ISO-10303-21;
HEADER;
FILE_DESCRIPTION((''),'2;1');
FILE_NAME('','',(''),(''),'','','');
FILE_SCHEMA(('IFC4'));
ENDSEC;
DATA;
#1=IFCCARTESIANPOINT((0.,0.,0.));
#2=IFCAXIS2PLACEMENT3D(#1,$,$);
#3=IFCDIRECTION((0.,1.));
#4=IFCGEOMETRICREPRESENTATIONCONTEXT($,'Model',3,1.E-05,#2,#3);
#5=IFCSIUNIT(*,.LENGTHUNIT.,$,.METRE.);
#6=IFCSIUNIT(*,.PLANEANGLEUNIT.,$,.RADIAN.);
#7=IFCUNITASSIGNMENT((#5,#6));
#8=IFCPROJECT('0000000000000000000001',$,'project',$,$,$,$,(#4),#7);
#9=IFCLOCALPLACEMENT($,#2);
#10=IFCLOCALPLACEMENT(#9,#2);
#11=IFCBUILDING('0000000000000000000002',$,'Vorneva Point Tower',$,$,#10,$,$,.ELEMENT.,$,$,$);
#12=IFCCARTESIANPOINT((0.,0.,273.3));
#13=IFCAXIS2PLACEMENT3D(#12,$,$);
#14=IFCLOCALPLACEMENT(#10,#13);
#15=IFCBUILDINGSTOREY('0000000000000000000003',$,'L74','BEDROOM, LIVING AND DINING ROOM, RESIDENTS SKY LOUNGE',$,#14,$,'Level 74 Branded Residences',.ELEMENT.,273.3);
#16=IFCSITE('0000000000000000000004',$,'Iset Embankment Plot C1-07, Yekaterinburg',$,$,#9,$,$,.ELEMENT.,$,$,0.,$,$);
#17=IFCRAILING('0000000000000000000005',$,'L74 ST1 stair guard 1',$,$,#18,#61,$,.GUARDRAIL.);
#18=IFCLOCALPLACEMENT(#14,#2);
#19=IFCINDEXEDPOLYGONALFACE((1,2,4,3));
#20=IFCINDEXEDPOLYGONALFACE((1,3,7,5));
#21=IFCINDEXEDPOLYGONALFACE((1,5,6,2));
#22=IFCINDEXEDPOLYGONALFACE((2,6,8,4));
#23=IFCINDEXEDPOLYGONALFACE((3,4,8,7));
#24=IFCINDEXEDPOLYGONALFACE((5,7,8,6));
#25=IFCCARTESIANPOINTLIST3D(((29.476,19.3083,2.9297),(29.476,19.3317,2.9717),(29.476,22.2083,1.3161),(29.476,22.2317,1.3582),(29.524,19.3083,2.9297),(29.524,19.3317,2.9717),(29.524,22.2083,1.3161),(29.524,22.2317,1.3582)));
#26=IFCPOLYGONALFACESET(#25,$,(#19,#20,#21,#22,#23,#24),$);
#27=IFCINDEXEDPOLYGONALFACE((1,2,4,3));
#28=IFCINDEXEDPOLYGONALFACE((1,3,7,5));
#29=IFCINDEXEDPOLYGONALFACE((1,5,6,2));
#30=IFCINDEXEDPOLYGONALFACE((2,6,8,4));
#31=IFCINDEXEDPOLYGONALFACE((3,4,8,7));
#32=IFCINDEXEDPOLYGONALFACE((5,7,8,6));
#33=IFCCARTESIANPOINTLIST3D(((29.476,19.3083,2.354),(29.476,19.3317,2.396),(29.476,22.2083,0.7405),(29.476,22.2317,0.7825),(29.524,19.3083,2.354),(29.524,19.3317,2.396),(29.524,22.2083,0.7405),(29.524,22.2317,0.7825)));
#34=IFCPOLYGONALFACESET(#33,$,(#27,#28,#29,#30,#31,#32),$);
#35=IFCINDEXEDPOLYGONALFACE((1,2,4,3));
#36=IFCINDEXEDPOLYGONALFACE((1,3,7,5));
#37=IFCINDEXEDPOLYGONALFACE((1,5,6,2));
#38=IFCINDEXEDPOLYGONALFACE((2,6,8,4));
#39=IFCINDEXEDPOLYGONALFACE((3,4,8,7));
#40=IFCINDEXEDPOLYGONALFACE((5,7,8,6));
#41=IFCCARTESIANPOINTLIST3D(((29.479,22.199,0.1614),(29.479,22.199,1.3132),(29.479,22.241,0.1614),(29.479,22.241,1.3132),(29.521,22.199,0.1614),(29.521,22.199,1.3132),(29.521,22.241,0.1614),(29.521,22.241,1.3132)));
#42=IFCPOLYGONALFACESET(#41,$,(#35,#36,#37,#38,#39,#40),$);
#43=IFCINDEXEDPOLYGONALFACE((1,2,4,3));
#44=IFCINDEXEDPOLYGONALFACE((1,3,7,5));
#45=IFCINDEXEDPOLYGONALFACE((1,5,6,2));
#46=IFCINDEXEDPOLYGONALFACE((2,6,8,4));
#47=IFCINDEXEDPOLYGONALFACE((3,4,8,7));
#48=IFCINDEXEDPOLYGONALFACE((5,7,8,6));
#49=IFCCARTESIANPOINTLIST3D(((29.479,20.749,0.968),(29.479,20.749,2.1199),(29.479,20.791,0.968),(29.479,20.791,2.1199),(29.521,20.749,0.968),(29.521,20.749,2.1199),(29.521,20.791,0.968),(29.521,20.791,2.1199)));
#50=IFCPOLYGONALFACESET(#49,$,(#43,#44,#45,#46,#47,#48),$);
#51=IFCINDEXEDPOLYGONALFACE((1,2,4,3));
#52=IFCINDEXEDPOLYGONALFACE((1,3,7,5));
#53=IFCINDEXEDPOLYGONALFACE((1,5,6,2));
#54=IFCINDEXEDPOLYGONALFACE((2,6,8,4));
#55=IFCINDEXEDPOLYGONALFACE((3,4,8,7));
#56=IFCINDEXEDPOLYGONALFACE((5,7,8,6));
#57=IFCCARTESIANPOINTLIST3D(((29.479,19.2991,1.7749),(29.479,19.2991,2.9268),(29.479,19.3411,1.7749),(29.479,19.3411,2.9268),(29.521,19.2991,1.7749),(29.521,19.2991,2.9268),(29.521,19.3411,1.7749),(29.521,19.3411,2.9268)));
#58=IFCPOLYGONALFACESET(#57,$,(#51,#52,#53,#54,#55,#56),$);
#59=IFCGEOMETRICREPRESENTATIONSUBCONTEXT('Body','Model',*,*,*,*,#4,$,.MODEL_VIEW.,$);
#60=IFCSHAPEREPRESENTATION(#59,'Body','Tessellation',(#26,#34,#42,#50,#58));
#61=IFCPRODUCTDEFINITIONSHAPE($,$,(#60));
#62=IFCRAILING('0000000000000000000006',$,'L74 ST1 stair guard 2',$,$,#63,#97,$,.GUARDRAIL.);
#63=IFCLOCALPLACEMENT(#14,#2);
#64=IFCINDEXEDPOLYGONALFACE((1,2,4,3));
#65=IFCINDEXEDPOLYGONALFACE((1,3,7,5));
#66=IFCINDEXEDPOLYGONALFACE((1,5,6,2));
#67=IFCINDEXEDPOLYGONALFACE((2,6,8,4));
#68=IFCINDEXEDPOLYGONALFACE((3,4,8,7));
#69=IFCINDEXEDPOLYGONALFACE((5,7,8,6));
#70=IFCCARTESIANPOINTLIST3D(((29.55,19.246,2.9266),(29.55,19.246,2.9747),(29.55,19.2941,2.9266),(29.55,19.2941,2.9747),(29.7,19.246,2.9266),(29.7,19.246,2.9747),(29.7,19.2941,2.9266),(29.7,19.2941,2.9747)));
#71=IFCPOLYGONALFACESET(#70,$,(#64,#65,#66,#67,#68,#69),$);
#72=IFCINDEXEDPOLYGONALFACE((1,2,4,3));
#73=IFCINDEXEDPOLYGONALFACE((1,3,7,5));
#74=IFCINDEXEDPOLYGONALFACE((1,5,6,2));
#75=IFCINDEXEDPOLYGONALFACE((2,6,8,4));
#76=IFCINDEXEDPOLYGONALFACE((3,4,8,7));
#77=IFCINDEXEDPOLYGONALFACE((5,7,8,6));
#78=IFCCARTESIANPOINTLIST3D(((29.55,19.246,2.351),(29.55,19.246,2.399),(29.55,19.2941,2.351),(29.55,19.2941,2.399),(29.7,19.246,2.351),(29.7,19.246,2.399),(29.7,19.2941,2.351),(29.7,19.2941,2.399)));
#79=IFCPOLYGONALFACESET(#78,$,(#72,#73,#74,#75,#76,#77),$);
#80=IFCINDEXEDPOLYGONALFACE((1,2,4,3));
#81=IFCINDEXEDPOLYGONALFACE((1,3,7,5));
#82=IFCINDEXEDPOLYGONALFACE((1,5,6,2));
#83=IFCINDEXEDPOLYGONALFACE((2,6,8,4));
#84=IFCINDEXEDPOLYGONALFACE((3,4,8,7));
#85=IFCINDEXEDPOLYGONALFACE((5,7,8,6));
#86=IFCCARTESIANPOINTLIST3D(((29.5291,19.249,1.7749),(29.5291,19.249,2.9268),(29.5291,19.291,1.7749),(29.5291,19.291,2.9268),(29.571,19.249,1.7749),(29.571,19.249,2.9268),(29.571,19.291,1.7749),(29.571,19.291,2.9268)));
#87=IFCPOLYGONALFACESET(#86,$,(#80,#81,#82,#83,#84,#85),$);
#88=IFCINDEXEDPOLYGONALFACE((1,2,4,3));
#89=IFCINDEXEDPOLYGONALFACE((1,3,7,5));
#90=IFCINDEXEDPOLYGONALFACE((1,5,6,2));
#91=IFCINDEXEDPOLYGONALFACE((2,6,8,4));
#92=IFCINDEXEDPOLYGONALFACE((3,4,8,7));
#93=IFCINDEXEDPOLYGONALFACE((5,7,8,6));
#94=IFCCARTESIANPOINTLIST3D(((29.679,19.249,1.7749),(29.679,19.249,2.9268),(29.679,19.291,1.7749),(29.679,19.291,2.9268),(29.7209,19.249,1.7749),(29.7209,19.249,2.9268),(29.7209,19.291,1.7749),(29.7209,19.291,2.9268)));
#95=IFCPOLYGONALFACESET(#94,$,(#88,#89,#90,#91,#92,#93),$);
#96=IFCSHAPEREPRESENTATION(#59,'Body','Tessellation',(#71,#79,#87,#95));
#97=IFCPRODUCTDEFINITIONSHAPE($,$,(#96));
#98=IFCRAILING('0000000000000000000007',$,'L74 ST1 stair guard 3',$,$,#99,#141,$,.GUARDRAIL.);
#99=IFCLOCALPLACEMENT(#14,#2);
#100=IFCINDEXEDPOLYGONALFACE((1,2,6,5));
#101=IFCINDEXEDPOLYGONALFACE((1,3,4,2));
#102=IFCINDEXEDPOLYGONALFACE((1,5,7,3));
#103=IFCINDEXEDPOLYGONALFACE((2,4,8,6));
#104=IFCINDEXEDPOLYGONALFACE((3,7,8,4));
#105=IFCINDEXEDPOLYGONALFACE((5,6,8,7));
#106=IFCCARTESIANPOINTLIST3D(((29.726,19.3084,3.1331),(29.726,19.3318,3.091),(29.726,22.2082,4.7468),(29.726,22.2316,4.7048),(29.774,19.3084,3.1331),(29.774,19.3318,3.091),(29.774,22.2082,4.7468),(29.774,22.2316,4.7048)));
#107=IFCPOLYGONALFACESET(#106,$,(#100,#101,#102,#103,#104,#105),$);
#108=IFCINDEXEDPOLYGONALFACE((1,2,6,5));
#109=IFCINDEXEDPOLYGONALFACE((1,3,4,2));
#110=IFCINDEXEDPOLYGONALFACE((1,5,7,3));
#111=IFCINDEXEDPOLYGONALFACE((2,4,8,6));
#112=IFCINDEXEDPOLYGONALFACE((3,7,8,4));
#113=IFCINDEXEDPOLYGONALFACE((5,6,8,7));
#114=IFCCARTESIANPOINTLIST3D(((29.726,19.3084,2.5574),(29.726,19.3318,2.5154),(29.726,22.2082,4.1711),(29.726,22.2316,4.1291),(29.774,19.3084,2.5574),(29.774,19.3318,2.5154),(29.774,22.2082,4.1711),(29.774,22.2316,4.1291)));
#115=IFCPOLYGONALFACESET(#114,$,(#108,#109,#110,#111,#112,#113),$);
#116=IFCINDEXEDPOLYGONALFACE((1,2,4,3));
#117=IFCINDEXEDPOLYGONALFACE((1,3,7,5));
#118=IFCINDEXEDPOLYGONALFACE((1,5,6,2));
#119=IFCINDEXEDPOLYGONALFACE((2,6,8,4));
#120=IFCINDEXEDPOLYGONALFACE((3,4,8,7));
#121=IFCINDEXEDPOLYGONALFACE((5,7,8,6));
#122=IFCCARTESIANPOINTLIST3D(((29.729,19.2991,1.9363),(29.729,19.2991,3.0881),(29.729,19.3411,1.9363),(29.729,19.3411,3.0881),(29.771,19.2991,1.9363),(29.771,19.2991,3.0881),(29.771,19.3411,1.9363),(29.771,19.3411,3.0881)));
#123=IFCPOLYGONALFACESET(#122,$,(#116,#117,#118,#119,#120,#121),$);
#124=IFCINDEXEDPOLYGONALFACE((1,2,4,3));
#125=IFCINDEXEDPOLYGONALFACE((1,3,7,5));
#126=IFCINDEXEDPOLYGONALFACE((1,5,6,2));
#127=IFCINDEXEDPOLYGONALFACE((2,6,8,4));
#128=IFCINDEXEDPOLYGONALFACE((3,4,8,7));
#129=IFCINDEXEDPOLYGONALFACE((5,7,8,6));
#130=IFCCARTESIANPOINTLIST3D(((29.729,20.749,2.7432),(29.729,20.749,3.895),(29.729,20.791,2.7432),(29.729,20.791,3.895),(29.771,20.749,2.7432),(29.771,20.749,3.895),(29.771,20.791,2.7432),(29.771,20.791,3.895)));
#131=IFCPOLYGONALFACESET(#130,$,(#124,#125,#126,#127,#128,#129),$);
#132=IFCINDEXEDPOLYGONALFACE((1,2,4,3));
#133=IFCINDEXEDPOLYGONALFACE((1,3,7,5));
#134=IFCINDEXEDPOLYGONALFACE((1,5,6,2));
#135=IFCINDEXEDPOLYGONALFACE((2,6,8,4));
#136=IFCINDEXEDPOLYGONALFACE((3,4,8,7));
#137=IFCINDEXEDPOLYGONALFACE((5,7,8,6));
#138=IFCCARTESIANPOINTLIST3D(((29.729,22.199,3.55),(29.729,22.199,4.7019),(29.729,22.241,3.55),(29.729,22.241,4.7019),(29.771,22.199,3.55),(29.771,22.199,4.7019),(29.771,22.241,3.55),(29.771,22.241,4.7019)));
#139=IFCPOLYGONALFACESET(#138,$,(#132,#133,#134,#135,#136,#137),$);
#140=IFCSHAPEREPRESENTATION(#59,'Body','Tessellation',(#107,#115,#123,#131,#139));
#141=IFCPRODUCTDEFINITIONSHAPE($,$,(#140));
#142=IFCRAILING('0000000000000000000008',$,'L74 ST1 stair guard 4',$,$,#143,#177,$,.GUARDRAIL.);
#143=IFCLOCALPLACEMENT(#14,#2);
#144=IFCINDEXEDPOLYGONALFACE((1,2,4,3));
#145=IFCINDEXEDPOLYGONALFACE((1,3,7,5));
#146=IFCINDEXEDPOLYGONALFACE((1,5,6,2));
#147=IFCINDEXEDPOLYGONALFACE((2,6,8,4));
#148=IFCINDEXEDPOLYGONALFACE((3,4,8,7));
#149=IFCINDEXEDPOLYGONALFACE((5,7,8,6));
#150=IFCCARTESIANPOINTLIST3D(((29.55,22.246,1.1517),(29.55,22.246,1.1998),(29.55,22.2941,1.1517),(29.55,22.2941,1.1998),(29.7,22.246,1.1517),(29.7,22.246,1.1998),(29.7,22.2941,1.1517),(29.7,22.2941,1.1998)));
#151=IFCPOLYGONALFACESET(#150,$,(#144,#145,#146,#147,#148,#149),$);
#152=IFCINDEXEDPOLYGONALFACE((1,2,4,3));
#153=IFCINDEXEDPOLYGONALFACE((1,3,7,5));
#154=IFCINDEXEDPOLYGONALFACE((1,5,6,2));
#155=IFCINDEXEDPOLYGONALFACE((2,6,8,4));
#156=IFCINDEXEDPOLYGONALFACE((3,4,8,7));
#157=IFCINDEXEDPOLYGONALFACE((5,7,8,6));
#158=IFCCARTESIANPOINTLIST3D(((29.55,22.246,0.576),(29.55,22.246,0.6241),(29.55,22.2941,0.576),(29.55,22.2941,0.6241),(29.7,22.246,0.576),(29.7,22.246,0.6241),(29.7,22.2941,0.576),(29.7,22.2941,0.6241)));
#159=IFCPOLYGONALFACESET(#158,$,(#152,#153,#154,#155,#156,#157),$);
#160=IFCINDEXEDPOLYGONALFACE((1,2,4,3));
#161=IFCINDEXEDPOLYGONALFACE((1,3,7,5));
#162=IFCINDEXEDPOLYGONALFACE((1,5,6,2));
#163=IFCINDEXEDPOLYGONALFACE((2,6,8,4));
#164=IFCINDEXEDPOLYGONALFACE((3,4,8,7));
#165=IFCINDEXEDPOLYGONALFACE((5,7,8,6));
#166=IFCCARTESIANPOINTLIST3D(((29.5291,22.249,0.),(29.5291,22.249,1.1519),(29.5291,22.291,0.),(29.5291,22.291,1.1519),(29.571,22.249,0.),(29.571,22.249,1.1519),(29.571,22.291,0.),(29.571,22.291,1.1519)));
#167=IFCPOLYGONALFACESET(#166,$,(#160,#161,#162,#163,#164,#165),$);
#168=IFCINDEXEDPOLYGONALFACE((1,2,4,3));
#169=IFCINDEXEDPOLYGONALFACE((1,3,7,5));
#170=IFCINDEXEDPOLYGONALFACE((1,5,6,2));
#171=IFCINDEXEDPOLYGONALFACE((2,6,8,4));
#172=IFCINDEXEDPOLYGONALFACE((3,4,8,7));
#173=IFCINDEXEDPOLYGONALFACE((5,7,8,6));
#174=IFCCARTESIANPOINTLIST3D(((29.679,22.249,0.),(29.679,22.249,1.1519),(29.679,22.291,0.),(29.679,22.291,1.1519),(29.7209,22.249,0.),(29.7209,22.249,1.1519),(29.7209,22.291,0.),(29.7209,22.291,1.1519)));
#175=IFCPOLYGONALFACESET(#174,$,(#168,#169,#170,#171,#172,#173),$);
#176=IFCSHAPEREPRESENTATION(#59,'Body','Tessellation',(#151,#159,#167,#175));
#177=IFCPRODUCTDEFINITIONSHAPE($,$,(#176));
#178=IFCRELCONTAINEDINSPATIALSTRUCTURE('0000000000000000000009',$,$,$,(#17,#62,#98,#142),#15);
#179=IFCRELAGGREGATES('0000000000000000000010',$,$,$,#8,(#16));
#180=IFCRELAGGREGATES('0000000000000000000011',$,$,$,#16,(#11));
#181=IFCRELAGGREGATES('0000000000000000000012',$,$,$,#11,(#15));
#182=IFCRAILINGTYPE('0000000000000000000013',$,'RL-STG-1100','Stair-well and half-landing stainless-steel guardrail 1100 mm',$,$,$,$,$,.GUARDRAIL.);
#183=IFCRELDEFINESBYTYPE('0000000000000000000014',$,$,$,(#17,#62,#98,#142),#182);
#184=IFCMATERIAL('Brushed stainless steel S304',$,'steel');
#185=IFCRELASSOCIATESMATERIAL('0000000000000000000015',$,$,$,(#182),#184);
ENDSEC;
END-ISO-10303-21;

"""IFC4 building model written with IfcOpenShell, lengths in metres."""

from ifc_helpers import new_model, si_unit, direction, frame, origin, origin_2d, place, context, subcontext, project, spatial, rectangle, extrude, material, type_object, element, save


model = new_model("IFC4")

# Units and contexts
model_context = context("Model", 3, precision=1e-05, world=origin(), true_north=direction((0.0, 1.0)))
body_context = subcontext(model_context, "Body", "Model", "MODEL_VIEW")
ifc_project = project(units=[si_unit("LENGTHUNIT", "METRE"), si_unit("PLANEANGLEUNIT", "RADIAN")], contexts=[model_context])

# Site, building, storey
site_placement = place(None, origin())
site = spatial("IfcSite", under=ifc_project, at=site_placement, Name="Iset Embankment Plot C1-07, Yekaterinburg", CompositionType="ELEMENT", RefElevation=0.0)
building_placement = place(site_placement, origin())
building = spatial("IfcBuilding", under=site, at=building_placement, Name="Vorneva Point Tower", CompositionType="ELEMENT")
storey_placement = place(building_placement, frame((0.0, 0.0, 273.3)))
storey = spatial("IfcBuildingStorey", under=building, at=storey_placement, Name="L74", Description="BEDROOM, LIVING AND DINING ROOM, RESIDENTS SKY LOUNGE", LongName="Level 74 Branded Residences", CompositionType="ELEMENT", Elevation=273.3)

# Railings
ifc_material_1 = material(Name="Brushed stainless steel S304", Category="steel")
railing_type_1 = type_object("IfcRailingType", Name="RL-STG-1100", Description="Stair-well and half-landing stainless-steel guardrail 1100 mm", PredefinedType="GUARDRAIL", material=ifc_material_1)
railing_1_placement = place(storey_placement, frame((29.5, 22.22, 0.1614)))
element("IfcRailing", 1, at=railing_1_placement, inside=storey, type_object=railing_type_1, Name="L74 ST1 stair guard 1", PredefinedType="GUARDRAIL", context=body_context, shape_type="SweptSolid", body=[
    extrude(rectangle(XDim=0.0481, YDim=0.0481, at=origin_2d()), frame((0.0, 0.0, 1.1758), z_axis=(0.0, -0.873841, 0.486211), x_axis=(1.0, 0.0, 0.0)), (0.0, 0.0, 1.0), 3.3186),
    extrude(rectangle(XDim=0.0481, YDim=0.0481, at=origin_2d()), frame((0.0, 0.0, 0.6001), z_axis=(0.0, -0.873841, 0.486211), x_axis=(1.0, 0.0, 0.0)), (0.0, 0.0, 1.0), 3.3186),
    extrude(rectangle(XDim=0.042, YDim=0.042, at=origin_2d()), origin(), (0.0, 0.0, 1.0), 1.1519),
    extrude(rectangle(XDim=0.042, YDim=0.042, at=origin_2d()), frame((0.0, -1.45, 0.8066)), (0.0, 0.0, 1.0), 1.1519),
    extrude(rectangle(XDim=0.042, YDim=0.042, at=origin_2d()), frame((0.0, -2.8999, 1.6135)), (0.0, 0.0, 1.0), 1.1519),
])
railing_2_placement = place(storey_placement, frame((29.55, 19.27, 1.7749)))
element("IfcRailing", 2, at=railing_2_placement, inside=storey, type_object=railing_type_1, Name="L74 ST1 stair guard 2", PredefinedType="GUARDRAIL", context=body_context, shape_type="SweptSolid", body=[
    extrude(rectangle(XDim=0.0481, YDim=0.0481, at=origin_2d()), frame((0.0, 0.0, 1.1758), z_axis=(1.0, 0.0, 0.0), x_axis=(0.0, 1.0, 0.0)), (0.0, 0.0, 1.0), 0.1499),
    extrude(rectangle(XDim=0.0481, YDim=0.0481, at=origin_2d()), frame((0.0, 0.0, 0.6001), z_axis=(1.0, 0.0, 0.0), x_axis=(0.0, 1.0, 0.0)), (0.0, 0.0, 1.0), 0.1499),
    extrude(rectangle(XDim=0.042, YDim=0.042, at=origin_2d()), origin(), (0.0, 0.0, 1.0), 1.1519),
    extrude(rectangle(XDim=0.042, YDim=0.042, at=origin_2d()), frame((0.1499, 0.0, 0.0)), (0.0, 0.0, 1.0), 1.1519),
])
railing_3_placement = place(storey_placement, frame((29.75, 19.3201, 1.9363)))
element("IfcRailing", 3, at=railing_3_placement, inside=storey, type_object=railing_type_1, Name="L74 ST1 stair guard 3", PredefinedType="GUARDRAIL", context=body_context, shape_type="SweptSolid", body=[
    extrude(rectangle(XDim=0.0481, YDim=0.0481, at=origin_2d()), frame((0.0, 0.0, 1.1758), z_axis=(0.0, 0.87381, 0.486267), x_axis=(-1.0, 0.0, 0.0)), (0.0, 0.0, 1.0), 3.3186),
    extrude(rectangle(XDim=0.0481, YDim=0.0481, at=origin_2d()), frame((0.0, 0.0, 0.6001), z_axis=(0.0, 0.87381, 0.486267), x_axis=(-1.0, 0.0, 0.0)), (0.0, 0.0, 1.0), 3.3186),
    extrude(rectangle(XDim=0.042, YDim=0.042, at=origin_2d()), origin(), (0.0, 0.0, 1.0), 1.1519),
    extrude(rectangle(XDim=0.042, YDim=0.042, at=origin_2d()), frame((0.0, 1.45, 0.8069)), (0.0, 0.0, 1.0), 1.1519),
    extrude(rectangle(XDim=0.042, YDim=0.042, at=origin_2d()), frame((0.0, 2.8999, 1.6138)), (0.0, 0.0, 1.0), 1.1519),
])
railing_4_placement = place(storey_placement, frame((29.55, 22.27, 0.0)))
element("IfcRailing", 4, at=railing_4_placement, inside=storey, type_object=railing_type_1, Name="L74 ST1 stair guard 4", PredefinedType="GUARDRAIL", context=body_context, shape_type="SweptSolid", body=[
    extrude(rectangle(XDim=0.0481, YDim=0.0481, at=origin_2d()), frame((0.0, 0.0, 1.1758), z_axis=(1.0, 0.0, 0.0), x_axis=(0.0, 1.0, 0.0)), (0.0, 0.0, 1.0), 0.1499),
    extrude(rectangle(XDim=0.0481, YDim=0.0481, at=origin_2d()), frame((0.0, 0.0, 0.6001), z_axis=(1.0, 0.0, 0.0), x_axis=(0.0, 1.0, 0.0)), (0.0, 0.0, 1.0), 0.1499),
    extrude(rectangle(XDim=0.042, YDim=0.042, at=origin_2d()), origin(), (0.0, 0.0, 1.0), 1.1519),
    extrude(rectangle(XDim=0.042, YDim=0.042, at=origin_2d()), frame((0.1499, 0.0, 0.0)), (0.0, 0.0, 1.0), 1.1519),
])

save(model, "model.ifc")
